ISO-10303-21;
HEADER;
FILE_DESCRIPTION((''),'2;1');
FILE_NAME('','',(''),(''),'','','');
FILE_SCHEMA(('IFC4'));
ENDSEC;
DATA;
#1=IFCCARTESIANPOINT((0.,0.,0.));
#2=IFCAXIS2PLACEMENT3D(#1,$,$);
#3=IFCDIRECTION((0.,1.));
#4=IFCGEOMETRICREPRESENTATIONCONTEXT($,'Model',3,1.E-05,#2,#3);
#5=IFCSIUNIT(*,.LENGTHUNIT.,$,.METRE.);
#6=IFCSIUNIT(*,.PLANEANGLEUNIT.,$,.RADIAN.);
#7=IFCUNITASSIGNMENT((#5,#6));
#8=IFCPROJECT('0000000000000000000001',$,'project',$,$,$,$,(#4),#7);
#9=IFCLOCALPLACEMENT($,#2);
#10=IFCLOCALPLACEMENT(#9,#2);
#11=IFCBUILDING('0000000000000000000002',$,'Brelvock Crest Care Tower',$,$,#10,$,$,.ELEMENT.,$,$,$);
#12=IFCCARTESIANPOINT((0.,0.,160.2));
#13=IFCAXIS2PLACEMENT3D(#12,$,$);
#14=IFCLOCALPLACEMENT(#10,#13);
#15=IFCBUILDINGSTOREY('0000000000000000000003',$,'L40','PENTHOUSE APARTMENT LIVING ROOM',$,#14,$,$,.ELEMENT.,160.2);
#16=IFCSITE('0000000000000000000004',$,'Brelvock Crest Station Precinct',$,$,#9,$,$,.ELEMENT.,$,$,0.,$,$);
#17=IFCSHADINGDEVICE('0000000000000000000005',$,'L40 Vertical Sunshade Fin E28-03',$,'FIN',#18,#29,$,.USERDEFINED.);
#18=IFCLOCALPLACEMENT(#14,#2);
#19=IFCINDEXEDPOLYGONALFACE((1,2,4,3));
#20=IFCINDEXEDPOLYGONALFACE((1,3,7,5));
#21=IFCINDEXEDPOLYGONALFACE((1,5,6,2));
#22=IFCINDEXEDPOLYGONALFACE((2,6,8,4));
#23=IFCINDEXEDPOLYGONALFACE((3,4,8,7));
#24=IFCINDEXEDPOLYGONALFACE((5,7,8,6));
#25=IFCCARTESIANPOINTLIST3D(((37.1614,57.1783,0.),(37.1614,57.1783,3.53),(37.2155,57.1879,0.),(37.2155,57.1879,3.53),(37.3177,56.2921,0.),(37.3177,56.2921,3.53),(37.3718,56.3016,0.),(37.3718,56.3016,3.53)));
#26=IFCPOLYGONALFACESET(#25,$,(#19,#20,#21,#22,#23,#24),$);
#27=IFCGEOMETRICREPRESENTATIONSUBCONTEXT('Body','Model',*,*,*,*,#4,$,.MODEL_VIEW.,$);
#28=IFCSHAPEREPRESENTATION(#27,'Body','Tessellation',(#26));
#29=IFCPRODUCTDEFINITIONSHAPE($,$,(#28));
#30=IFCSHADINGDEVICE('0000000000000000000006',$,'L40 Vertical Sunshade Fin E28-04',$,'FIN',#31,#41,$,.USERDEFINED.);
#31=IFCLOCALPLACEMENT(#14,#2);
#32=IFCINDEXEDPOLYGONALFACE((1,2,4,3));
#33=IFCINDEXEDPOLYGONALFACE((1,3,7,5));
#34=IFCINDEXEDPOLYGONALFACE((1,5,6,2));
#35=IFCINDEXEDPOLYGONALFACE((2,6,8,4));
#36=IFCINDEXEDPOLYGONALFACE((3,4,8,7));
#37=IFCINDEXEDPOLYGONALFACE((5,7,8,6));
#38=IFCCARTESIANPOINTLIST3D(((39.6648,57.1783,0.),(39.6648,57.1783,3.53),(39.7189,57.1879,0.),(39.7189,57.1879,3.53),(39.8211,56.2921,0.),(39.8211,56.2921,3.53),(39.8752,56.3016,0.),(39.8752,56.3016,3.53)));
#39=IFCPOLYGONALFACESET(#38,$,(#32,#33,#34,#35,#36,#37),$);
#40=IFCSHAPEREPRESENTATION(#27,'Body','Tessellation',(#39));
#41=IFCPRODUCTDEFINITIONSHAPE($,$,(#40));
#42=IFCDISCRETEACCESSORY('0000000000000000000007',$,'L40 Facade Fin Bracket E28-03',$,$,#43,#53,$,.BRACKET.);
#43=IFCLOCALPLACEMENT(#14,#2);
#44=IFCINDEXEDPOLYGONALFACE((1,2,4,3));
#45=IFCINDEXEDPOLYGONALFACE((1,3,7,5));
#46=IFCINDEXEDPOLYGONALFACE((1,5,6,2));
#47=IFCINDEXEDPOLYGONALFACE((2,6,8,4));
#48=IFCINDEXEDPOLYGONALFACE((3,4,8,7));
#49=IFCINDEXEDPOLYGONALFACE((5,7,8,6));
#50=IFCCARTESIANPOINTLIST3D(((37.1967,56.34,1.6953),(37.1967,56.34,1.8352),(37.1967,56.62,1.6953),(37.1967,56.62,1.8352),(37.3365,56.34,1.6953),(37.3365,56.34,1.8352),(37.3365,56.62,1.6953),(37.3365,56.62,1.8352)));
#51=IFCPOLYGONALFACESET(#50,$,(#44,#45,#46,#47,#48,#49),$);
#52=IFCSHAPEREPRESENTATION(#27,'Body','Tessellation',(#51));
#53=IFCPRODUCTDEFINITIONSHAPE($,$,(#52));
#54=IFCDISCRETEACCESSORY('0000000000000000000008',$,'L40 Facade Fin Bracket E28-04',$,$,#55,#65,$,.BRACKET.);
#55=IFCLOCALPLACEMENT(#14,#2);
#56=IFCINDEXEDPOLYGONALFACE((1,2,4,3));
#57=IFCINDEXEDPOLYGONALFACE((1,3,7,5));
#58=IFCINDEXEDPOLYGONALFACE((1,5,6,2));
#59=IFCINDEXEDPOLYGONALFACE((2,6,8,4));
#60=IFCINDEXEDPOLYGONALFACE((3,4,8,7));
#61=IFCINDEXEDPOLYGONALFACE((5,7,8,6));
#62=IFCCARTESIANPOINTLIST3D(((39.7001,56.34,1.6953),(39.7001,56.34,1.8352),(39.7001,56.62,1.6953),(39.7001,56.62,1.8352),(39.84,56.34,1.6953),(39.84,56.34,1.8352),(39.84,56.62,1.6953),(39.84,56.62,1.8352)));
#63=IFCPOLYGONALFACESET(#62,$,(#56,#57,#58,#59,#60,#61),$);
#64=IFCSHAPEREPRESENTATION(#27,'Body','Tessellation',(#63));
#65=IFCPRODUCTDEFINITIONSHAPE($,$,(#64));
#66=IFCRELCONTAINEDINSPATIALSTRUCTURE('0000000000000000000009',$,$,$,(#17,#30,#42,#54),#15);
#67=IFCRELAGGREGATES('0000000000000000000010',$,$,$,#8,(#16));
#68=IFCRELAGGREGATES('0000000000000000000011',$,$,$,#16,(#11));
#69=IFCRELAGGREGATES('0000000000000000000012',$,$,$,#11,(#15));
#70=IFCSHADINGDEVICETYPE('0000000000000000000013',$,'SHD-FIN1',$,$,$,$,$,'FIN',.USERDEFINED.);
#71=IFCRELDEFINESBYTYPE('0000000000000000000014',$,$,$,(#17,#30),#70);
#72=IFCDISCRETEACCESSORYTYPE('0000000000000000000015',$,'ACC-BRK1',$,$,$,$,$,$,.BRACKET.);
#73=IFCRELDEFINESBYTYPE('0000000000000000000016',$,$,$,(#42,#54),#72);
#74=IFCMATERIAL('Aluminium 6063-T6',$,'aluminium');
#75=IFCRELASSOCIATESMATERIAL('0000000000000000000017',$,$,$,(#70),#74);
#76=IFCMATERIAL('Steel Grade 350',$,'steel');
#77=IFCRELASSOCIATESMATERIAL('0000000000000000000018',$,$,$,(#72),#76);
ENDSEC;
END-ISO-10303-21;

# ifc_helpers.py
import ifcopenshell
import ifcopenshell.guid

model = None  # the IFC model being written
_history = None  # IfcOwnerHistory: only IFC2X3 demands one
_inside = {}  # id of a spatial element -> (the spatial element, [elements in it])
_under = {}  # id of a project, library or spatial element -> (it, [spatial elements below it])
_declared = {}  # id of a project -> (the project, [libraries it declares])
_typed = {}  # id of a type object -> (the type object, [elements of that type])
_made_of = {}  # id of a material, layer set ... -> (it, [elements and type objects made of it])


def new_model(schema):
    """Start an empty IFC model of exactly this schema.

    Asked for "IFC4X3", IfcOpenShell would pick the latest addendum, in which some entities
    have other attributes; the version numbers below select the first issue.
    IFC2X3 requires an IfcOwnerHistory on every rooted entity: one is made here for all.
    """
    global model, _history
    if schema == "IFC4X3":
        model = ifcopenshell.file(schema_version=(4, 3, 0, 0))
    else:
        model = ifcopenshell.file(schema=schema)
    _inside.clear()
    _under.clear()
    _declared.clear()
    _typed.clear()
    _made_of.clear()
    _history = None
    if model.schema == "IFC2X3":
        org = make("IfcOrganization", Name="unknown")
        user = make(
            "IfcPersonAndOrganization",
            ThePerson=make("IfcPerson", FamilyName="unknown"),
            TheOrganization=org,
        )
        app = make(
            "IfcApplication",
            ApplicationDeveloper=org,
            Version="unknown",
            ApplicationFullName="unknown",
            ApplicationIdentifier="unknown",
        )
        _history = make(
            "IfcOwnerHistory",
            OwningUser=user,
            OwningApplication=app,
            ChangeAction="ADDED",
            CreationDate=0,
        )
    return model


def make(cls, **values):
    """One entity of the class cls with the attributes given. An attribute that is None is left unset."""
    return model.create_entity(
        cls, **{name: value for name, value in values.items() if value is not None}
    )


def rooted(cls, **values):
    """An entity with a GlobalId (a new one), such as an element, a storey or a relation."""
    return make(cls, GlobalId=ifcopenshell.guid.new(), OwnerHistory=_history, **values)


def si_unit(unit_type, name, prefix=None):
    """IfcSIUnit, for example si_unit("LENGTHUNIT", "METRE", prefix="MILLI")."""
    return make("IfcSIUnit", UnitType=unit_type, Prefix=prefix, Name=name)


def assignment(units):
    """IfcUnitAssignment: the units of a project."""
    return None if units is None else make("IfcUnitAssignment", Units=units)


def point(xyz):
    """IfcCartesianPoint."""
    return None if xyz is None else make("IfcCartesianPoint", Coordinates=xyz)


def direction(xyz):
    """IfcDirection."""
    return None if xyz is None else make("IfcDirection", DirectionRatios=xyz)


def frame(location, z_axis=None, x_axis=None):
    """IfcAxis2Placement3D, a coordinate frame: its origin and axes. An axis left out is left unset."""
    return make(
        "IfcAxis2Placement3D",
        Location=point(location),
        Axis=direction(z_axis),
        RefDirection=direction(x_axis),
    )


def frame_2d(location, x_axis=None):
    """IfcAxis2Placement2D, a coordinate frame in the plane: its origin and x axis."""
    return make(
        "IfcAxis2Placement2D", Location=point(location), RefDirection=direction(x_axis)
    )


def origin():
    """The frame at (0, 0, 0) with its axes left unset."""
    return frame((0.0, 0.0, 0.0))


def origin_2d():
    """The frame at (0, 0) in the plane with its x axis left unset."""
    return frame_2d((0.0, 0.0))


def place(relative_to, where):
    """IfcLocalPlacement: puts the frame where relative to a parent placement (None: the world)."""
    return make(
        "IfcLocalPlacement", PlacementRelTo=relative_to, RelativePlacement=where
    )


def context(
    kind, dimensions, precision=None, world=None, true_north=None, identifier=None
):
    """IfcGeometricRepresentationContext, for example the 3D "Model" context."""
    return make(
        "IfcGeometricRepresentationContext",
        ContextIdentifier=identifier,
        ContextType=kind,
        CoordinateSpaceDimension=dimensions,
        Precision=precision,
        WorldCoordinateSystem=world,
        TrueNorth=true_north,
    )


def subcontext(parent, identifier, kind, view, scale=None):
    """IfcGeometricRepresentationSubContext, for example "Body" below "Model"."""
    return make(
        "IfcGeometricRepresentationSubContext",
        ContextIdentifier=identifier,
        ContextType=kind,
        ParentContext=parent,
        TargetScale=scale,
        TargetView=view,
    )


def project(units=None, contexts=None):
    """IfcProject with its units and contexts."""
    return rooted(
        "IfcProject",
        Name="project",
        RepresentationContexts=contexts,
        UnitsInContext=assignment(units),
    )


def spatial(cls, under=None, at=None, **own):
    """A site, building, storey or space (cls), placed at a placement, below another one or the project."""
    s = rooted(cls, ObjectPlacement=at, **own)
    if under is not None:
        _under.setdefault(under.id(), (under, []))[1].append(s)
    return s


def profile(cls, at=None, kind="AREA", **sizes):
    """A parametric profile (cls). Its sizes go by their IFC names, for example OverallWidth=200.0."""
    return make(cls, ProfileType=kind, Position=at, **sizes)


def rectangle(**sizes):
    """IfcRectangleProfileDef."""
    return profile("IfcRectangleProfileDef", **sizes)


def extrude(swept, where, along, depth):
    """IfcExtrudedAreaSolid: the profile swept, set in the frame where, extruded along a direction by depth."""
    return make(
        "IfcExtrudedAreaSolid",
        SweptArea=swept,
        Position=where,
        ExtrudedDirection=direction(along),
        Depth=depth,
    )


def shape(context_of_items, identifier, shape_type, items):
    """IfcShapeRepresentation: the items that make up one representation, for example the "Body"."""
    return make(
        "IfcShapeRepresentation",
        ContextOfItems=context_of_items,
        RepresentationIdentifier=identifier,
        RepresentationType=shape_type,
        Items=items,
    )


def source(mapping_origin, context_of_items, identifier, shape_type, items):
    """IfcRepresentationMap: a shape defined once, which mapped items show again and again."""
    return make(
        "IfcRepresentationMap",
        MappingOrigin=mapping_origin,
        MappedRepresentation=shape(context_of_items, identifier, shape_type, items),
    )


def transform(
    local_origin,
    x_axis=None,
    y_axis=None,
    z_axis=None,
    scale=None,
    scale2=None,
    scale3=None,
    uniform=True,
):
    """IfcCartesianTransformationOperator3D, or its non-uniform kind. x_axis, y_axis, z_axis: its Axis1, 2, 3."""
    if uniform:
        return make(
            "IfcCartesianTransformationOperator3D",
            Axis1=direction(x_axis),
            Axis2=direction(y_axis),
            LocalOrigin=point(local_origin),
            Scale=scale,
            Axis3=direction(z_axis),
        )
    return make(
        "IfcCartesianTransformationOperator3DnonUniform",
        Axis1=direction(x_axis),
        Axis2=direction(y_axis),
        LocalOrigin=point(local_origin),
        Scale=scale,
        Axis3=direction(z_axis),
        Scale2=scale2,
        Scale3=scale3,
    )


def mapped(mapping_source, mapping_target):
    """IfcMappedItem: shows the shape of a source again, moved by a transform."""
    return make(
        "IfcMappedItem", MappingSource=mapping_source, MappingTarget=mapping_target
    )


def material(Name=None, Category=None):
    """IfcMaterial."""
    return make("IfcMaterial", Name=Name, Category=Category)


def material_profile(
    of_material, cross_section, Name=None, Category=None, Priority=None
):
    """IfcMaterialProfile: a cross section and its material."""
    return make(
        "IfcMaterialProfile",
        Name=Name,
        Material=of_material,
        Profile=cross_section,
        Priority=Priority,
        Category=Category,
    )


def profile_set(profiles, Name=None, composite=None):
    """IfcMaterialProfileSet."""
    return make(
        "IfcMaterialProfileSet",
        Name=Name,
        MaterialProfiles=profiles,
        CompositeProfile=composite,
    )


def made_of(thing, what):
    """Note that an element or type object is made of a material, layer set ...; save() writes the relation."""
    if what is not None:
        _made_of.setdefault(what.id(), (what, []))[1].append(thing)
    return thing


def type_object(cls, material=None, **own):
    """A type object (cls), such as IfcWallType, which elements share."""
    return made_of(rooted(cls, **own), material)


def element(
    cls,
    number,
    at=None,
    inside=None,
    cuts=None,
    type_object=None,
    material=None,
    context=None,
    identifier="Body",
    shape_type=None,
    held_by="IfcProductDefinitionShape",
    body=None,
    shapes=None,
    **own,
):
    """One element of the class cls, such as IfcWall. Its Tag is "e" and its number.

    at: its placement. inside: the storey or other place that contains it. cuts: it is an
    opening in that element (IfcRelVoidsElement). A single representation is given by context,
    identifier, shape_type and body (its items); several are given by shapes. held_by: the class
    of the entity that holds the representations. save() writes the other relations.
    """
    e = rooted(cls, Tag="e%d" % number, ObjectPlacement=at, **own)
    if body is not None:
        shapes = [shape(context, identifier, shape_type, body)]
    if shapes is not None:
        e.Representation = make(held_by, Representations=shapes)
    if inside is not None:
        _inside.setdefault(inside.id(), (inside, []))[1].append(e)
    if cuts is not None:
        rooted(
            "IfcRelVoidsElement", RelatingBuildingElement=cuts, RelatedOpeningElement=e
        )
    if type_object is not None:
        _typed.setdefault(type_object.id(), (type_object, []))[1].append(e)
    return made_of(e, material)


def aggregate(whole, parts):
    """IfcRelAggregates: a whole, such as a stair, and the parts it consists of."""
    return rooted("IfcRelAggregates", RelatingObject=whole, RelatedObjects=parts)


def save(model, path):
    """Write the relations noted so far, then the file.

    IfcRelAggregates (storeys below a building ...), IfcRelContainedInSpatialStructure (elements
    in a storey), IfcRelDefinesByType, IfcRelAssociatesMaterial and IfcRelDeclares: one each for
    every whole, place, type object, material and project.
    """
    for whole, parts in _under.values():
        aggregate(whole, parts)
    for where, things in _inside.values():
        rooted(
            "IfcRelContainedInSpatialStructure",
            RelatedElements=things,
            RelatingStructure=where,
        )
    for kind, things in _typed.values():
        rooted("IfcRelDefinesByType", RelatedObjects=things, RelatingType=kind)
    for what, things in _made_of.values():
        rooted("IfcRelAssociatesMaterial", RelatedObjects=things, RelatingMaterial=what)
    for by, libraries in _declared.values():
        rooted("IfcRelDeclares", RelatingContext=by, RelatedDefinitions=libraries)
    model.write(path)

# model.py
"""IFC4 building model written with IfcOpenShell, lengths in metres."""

from ifc_helpers import new_model, si_unit, direction, frame, origin, origin_2d, place, context, subcontext, project, spatial, rectangle, extrude, source, transform, mapped, material, material_profile, profile_set, type_object, element, save


model = new_model("IFC4")

# Units and contexts
model_context = context("Model", 3, precision=1e-05, world=origin(), true_north=direction((0.0, 1.0)))
body_context = subcontext(model_context, "Body", "Model", "MODEL_VIEW")
ifc_project = project(units=[si_unit("LENGTHUNIT", "METRE"), si_unit("PLANEANGLEUNIT", "RADIAN")], contexts=[model_context])

# Site, building, storey
site_placement = place(None, origin())
site = spatial("IfcSite", under=ifc_project, at=site_placement, Name="Brelvock Crest Station Precinct", CompositionType="ELEMENT", RefElevation=0.0)
building_placement = place(site_placement, origin())
building = spatial("IfcBuilding", under=site, at=building_placement, Name="Brelvock Crest Care Tower", CompositionType="ELEMENT")
storey_placement = place(building_placement, frame((0.0, 0.0, 160.2)))
storey = spatial("IfcBuildingStorey", under=building, at=storey_placement, Name="L40", Description="PENTHOUSE APARTMENT LIVING ROOM", CompositionType="ELEMENT", Elevation=160.2)

# Shared definitions
ifc_material_1 = material(Name="Steel Grade 350", Category="steel")

# Shared definitions
ifc_material_2 = material(Name="Aluminium 6063-T6", Category="aluminium")

# Shading devices
ifc_material_profile_1 = material_profile(ifc_material_2, rectangle(XDim=0.0549, YDim=0.8999, at=origin_2d()), Name="FIN55x900")
ifc_profile_set_1 = profile_set([ifc_material_profile_1], Name="Aluminium 6063-T6")
shading_device_type = type_object("IfcShadingDeviceType", Name="SHD-FIN1", ElementType="FIN", PredefinedType="USERDEFINED", material=ifc_profile_set_1)
shared_shape_1 = source(origin(), body_context, "Body", "SweptSolid", [
    extrude(rectangle(XDim=0.0549, YDim=0.8999, at=origin_2d()), origin(), (0.0, 0.0, 1.0), 3.53),
])
for number, where, z_axis, x_axis, name in (
    (1, (37.2666, 56.74, 0.0), (0.0, 0.0, 1.0), (0.984808, 0.173648, 0.0), "L40 Vertical Sunshade Fin E28-03"),
    (2, (39.77, 56.74, 0.0), (0.0, 0.0, 1.0), (0.984808, 0.173648, 0.0), "L40 Vertical Sunshade Fin E28-04"),
):
    element("IfcShadingDevice", number, at=place(storey_placement, frame(where, z_axis=z_axis, x_axis=x_axis)), inside=storey, type_object=shading_device_type, Name=name, ObjectType="FIN", PredefinedType="USERDEFINED", context=body_context, shape_type="MappedRepresentation", body=[
        mapped(shared_shape_1, transform((0.0, 0.0, 0.0), x_axis=(1.0, 0.0, 0.0), y_axis=(0.0, 1.0, 0.0), z_axis=(0.0, 0.0, 1.0), scale=1.0)),
    ])

# Discrete accessories
discrete_accessory_type = type_object("IfcDiscreteAccessoryType", Name="ACC-BRK1", PredefinedType="BRACKET", material=ifc_material_1)
shared_shape_2 = source(origin(), body_context, "Body", "SweptSolid", [
    extrude(rectangle(XDim=0.28, YDim=0.1399, at=origin_2d()), origin(), (0.0, 0.0, 1.0), 0.1399),
])
for number, where, z_axis, x_axis, name in (
    (3, (37.2666, 56.48, 1.6953), (0.0, 0.0, 1.0), (0.0, 1.0, 0.0), "L40 Facade Fin Bracket E28-03"),
    (4, (39.77, 56.48, 1.6953), (0.0, 0.0, 1.0), (0.0, 1.0, 0.0), "L40 Facade Fin Bracket E28-04"),
):
    element("IfcDiscreteAccessory", number, at=place(storey_placement, frame(where, z_axis=z_axis, x_axis=x_axis)), inside=storey, type_object=discrete_accessory_type, Name=name, PredefinedType="BRACKET", context=body_context, shape_type="MappedRepresentation", body=[
        mapped(shared_shape_2, transform((0.0, 0.0, 0.0), x_axis=(1.0, 0.0, 0.0), y_axis=(0.0, 1.0, 0.0), z_axis=(0.0, 0.0, 1.0), scale=1.0)),
    ])

save(model, "model.ifc")
